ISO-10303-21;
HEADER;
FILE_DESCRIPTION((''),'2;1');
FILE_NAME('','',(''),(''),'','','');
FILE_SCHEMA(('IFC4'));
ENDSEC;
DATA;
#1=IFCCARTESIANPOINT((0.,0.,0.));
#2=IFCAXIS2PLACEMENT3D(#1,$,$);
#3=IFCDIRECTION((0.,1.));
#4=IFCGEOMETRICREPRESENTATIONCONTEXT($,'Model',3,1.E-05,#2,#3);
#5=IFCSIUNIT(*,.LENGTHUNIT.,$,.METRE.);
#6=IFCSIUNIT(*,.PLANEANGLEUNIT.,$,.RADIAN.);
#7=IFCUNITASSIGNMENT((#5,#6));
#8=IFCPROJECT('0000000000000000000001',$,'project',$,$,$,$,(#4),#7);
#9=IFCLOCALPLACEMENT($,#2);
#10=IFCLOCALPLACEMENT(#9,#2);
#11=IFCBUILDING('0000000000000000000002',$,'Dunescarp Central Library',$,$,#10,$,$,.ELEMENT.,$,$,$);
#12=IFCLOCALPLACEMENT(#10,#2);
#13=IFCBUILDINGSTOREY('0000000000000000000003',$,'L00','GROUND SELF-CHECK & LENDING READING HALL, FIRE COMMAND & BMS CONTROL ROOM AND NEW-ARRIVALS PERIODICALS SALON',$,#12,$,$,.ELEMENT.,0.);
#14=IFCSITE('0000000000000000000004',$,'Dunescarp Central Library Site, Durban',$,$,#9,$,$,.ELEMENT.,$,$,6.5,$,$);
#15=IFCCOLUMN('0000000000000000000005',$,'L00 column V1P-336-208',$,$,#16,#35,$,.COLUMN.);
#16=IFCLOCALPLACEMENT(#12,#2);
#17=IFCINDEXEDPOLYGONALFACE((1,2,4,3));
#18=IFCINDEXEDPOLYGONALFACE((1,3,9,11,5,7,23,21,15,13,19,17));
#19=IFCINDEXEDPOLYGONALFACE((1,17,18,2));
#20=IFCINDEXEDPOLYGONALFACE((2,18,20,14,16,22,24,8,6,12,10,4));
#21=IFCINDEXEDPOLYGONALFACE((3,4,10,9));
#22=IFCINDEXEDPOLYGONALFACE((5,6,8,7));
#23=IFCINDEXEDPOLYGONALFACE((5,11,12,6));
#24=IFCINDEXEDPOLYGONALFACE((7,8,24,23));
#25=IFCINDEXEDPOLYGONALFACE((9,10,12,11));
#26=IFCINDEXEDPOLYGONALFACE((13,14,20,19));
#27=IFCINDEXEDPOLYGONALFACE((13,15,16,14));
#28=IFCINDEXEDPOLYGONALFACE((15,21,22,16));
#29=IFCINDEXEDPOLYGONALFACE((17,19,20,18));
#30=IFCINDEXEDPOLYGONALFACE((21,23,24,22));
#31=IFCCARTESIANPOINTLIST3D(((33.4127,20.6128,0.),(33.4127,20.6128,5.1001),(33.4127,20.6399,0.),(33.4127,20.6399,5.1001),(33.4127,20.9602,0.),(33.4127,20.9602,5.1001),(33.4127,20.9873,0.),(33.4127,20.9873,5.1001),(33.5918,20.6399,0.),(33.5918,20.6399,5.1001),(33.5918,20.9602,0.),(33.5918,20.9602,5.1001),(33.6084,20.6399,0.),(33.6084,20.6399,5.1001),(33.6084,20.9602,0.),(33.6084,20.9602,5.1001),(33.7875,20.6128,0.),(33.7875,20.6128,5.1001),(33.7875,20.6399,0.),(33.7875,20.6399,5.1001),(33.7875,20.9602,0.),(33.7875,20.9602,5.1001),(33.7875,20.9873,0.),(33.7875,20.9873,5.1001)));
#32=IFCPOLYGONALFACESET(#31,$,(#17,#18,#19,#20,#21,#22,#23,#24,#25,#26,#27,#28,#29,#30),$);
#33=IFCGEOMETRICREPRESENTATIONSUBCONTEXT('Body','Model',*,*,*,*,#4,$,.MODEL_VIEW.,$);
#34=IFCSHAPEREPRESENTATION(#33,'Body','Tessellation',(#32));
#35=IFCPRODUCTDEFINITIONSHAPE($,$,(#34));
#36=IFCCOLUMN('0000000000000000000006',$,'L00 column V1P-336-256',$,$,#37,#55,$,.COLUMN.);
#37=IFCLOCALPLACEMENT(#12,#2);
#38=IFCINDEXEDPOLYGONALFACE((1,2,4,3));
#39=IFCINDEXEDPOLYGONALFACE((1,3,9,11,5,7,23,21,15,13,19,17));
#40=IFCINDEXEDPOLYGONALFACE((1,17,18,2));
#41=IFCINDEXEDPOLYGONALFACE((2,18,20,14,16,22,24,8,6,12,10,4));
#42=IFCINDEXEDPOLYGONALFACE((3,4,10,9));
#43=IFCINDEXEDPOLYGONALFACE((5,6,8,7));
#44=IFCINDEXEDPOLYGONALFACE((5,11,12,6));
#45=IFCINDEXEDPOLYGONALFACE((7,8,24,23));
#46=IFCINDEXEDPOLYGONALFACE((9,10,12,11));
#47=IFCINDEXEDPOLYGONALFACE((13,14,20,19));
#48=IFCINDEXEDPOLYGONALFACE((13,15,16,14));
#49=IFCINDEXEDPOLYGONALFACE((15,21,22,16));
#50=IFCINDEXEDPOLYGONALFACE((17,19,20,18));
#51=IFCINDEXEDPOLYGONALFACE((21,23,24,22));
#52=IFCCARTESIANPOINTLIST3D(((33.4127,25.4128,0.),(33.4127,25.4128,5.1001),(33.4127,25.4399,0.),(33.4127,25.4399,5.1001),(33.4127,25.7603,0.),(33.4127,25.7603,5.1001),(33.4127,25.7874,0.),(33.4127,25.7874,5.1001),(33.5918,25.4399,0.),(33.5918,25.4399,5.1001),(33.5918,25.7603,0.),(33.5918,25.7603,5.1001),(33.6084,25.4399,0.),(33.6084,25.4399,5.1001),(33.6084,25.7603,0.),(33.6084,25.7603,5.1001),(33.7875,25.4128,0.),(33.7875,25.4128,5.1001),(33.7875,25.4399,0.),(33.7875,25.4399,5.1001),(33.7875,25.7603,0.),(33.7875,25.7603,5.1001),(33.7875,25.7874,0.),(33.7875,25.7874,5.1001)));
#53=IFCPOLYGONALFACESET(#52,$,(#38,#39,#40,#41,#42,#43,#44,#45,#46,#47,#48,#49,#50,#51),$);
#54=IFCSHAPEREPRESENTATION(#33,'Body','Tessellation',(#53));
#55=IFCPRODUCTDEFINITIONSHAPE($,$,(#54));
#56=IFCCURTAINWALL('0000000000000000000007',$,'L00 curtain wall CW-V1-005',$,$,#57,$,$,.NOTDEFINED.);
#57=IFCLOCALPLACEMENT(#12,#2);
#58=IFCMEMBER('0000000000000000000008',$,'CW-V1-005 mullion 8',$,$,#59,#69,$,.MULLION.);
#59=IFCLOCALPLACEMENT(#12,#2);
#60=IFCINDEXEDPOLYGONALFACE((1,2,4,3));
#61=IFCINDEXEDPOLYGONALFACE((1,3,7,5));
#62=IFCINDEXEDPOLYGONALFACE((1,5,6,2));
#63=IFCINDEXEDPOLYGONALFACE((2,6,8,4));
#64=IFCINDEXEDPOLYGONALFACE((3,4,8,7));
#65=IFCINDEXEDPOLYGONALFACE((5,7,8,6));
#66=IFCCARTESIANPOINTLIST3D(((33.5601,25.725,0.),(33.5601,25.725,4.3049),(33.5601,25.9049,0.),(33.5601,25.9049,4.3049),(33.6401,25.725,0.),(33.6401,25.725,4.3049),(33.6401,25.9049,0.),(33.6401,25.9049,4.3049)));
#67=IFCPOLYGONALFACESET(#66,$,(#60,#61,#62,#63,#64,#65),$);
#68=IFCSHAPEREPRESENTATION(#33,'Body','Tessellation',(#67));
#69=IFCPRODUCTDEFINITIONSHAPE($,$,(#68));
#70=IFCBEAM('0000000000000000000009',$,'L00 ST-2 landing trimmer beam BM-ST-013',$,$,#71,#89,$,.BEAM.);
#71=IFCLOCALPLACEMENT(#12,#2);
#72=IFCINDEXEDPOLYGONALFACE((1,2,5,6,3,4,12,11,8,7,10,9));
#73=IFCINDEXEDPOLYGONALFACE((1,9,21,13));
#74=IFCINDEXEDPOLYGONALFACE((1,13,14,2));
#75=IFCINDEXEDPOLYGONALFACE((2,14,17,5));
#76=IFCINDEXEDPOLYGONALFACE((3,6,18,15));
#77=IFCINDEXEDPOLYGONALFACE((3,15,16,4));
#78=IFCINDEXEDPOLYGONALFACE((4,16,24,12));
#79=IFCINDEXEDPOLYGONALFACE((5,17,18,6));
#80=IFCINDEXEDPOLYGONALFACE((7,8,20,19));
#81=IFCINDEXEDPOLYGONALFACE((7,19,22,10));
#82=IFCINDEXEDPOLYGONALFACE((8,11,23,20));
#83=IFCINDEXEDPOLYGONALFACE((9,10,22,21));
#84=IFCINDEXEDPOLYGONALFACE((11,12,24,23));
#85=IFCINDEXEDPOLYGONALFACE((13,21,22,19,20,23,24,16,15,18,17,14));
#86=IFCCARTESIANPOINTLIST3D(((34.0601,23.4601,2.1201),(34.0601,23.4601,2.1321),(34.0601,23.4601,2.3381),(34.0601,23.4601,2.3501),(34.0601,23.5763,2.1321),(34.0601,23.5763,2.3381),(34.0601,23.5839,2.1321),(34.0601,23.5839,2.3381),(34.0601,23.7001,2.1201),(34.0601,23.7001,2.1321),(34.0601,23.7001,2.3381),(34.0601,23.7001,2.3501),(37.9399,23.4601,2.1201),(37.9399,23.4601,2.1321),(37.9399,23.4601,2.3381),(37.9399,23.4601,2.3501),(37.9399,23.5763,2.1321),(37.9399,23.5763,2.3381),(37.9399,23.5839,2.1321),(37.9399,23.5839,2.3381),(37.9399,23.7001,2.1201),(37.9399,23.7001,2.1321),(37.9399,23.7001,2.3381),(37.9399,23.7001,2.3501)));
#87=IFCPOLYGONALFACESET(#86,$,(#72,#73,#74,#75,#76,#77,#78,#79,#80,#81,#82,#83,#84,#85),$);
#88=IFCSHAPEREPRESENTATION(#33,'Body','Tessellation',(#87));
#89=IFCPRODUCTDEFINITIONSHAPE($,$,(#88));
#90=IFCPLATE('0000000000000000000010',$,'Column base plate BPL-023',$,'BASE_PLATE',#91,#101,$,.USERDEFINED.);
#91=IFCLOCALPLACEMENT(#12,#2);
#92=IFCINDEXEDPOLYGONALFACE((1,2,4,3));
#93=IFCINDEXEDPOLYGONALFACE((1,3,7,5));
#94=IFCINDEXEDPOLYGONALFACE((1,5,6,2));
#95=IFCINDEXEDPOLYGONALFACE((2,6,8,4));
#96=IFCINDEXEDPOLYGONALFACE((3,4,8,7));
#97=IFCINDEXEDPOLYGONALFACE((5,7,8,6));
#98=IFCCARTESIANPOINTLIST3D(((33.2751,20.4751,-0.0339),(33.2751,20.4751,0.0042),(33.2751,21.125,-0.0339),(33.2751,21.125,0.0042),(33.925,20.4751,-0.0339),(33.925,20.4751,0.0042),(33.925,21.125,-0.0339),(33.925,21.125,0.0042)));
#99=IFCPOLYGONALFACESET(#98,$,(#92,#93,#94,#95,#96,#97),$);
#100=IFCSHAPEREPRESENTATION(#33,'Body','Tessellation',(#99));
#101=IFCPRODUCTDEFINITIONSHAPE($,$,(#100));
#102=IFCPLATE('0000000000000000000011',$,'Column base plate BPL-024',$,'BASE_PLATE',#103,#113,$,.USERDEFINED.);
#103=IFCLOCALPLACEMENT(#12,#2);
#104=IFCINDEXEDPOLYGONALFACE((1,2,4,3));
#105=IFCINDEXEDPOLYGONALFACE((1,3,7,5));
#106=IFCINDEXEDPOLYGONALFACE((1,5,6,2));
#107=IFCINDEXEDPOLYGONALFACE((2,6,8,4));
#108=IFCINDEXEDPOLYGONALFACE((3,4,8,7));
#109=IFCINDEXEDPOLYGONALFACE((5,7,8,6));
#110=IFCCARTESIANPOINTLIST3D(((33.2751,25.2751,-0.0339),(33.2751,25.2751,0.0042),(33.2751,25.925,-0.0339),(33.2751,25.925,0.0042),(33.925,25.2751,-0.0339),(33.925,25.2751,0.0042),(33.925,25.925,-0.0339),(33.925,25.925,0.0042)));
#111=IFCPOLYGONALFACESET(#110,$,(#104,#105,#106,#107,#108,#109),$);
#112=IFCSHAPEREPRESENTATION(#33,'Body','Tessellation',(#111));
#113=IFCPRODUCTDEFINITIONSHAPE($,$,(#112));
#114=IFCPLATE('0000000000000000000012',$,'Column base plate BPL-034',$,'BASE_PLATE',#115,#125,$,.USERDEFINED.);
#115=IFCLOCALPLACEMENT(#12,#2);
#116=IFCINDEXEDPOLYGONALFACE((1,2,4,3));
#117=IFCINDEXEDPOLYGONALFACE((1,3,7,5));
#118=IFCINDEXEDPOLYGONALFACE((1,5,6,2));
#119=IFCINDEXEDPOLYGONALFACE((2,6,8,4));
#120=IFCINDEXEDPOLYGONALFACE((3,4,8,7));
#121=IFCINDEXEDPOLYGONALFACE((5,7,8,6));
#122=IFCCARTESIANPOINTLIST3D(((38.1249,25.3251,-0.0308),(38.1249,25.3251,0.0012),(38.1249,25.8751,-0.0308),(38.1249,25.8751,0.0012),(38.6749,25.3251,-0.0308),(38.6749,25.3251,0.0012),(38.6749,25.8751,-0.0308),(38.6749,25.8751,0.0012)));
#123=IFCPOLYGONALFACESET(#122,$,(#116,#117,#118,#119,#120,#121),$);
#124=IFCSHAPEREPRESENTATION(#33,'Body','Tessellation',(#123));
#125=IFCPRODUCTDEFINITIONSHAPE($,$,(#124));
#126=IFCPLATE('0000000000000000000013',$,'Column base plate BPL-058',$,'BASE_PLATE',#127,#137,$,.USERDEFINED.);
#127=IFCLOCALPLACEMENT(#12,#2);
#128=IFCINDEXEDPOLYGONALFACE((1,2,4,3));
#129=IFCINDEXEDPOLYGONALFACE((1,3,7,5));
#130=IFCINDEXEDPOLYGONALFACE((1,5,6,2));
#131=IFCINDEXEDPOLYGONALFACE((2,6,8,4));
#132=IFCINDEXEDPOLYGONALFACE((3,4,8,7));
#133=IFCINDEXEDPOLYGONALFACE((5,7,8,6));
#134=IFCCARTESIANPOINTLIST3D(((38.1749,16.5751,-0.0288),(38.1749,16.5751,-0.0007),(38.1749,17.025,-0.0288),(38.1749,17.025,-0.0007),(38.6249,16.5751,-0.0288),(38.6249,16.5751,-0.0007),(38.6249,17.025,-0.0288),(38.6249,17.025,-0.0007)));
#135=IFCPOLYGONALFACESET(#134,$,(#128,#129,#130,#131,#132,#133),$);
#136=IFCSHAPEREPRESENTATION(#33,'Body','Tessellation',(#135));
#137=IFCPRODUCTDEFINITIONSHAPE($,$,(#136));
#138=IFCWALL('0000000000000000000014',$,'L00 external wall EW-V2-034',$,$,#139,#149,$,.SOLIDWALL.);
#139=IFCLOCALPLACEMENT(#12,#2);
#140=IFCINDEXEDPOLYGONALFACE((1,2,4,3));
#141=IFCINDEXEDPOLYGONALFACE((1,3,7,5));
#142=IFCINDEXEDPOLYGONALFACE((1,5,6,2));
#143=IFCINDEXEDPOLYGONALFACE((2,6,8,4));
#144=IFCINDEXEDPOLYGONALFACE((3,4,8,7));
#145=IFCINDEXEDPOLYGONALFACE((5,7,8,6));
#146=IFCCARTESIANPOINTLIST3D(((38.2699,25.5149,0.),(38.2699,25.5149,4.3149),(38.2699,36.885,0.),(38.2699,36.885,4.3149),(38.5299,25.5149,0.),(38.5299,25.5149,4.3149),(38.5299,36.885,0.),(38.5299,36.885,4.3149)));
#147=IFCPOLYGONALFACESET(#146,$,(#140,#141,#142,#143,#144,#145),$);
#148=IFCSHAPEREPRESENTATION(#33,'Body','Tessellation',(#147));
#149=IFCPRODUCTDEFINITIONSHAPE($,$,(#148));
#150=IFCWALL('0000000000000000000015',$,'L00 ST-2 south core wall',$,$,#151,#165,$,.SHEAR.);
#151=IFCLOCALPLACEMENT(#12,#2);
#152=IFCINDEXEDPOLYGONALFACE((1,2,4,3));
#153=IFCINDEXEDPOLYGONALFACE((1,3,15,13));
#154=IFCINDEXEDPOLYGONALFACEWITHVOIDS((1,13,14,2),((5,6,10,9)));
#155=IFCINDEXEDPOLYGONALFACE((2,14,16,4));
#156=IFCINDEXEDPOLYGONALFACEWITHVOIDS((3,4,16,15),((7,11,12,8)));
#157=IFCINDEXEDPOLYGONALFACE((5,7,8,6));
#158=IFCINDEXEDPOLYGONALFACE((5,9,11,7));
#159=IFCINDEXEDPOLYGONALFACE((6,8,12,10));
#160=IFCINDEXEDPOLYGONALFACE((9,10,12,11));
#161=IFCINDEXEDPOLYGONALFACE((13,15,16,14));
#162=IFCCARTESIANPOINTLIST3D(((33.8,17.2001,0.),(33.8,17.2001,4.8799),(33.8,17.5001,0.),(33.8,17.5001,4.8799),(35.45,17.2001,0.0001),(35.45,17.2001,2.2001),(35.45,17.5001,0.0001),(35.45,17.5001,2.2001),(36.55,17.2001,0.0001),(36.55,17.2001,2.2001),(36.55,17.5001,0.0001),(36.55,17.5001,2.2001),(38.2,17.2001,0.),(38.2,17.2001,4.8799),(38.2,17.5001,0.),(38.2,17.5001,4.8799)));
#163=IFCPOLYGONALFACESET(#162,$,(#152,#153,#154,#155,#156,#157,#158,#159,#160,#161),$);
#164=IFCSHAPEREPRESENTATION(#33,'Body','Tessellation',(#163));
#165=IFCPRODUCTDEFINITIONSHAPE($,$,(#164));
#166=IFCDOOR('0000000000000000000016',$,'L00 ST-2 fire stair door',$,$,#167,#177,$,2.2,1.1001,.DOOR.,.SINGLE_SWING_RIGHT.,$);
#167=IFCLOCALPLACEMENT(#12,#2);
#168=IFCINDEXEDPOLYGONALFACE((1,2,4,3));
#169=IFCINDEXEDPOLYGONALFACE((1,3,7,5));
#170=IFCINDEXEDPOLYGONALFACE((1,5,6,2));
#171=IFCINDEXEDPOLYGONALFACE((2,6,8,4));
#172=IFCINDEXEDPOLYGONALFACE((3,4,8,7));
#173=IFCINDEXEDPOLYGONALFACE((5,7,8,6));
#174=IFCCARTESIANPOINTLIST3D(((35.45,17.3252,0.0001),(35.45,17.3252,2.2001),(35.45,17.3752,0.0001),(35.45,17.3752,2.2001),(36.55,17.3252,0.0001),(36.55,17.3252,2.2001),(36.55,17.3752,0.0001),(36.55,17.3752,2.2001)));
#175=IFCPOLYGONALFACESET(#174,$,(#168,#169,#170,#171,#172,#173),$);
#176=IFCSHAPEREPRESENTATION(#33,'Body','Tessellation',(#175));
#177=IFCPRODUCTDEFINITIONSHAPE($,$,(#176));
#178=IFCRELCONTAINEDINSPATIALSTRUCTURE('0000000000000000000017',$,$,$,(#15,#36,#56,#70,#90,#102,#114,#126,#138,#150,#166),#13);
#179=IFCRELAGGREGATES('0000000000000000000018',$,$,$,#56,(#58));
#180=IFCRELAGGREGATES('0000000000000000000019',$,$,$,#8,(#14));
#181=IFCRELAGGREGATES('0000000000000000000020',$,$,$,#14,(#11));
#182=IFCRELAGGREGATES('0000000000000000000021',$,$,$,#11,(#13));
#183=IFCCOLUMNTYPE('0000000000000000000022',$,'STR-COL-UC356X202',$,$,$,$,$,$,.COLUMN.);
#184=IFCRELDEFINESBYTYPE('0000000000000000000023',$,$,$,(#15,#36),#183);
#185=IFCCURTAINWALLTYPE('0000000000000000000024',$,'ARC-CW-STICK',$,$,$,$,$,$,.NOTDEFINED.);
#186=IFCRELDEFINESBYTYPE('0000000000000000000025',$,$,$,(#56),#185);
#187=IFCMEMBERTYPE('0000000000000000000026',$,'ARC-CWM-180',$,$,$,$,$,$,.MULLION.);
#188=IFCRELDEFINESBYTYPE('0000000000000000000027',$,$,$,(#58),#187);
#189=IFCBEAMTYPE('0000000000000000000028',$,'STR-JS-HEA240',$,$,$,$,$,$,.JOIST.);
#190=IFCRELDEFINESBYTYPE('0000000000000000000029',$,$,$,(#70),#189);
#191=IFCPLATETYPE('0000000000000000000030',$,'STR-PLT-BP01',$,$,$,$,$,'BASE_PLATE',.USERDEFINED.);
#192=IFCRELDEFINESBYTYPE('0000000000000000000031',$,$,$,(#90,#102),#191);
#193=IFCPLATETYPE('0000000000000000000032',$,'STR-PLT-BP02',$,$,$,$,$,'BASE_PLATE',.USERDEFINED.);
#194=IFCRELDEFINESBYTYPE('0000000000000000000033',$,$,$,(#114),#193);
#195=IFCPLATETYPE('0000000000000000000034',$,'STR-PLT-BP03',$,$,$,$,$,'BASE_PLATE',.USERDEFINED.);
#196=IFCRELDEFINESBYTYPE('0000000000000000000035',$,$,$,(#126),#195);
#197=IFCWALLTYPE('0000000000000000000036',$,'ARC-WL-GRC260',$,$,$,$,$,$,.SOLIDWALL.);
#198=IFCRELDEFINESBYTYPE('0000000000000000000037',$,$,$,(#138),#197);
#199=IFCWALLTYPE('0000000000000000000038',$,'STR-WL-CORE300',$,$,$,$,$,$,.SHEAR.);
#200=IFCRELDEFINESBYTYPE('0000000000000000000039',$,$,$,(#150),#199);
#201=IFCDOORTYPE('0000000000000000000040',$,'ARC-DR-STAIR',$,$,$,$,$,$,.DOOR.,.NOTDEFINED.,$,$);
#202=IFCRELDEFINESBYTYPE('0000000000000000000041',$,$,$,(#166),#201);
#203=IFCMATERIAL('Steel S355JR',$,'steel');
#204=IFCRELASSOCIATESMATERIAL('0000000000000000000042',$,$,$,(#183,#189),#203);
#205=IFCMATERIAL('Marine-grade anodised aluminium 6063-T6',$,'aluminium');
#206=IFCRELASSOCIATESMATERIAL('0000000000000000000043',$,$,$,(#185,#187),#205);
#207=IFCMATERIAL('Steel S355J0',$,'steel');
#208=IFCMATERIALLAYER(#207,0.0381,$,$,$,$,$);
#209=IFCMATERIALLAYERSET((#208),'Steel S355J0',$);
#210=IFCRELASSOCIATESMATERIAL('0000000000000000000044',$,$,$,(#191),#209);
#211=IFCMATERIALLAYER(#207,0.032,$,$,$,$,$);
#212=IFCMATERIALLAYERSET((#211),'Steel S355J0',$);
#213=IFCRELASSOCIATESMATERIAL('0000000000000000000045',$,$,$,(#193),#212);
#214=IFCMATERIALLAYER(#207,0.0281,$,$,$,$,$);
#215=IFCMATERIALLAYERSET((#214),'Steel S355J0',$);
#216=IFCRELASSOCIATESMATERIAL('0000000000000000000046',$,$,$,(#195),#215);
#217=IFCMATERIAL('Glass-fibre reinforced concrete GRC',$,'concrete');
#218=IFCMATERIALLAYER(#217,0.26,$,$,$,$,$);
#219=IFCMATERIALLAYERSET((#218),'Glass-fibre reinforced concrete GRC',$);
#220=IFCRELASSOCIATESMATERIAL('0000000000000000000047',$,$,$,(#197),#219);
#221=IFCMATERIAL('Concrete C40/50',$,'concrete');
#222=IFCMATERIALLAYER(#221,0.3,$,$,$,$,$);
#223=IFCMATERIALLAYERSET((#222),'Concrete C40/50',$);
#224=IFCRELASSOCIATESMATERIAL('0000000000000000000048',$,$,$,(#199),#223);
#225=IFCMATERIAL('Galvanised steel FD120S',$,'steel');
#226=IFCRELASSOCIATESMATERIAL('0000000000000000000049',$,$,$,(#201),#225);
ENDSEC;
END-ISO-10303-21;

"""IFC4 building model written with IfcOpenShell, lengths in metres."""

from ifc_helpers import new_model, si_unit, direction, frame, frame_2d, origin, origin_2d, place, context, subcontext, project, spatial, rectangle, i_section, extrude, material, layer, layer_set, material_profile, profile_set, type_object, element, fill, aggregate, save


model = new_model("IFC4")

# Units and contexts
model_context = context("Model", 3, precision=1e-05, world=origin(), true_north=direction((0.0, 1.0)))
body_context = subcontext(model_context, "Body", "Model", "MODEL_VIEW")
ifc_project = project(units=[si_unit("LENGTHUNIT", "METRE"), si_unit("PLANEANGLEUNIT", "RADIAN")], contexts=[model_context])

# Site, building, storey
site_placement = place(None, origin())
site = spatial("IfcSite", under=ifc_project, at=site_placement, Name="Dunescarp Central Library Site, Durban", CompositionType="ELEMENT", RefElevation=6.5)
building_placement = place(site_placement, origin())
building = spatial("IfcBuilding", under=site, at=building_placement, Name="Dunescarp Central Library", CompositionType="ELEMENT")
storey_placement = place(building_placement, origin())
storey = spatial("IfcBuildingStorey", under=building, at=storey_placement, Name="L00", Description="GROUND SELF-CHECK & LENDING READING HALL, FIRE COMMAND & BMS CONTROL ROOM AND NEW-ARRIVALS PERIODICALS SALON", CompositionType="ELEMENT", Elevation=0.0)

# Shared definitions
ifc_material_1 = material(Name="Concrete C40/50", Category="concrete")

# Columns
ifc_material_2 = material(Name="Steel S355JR", Category="steel")
ifc_material_profile_1 = material_profile(ifc_material_2, i_section(OverallWidth=0.3748, OverallDepth=0.3745, WebThickness=0.0166, FlangeThickness=0.0271, at=origin_2d()), Name="UC 356x368x202")
ifc_profile_set_1 = profile_set([ifc_material_profile_1], Name="Steel S355JR")
column_type_1 = type_object("IfcColumnType", Name="STR-COL-UC356X202", PredefinedType="COLUMN", material=ifc_profile_set_1)
for number, where, z_axis, x_axis, name in (
    (1, (33.6001, 20.8, 0.0), (0.0, 0.0, 1.0), (1.0, 0.0, 0.0), "L00 column V1P-336-208"),
    (2, (33.6001, 25.6001, 0.0), (0.0, 0.0, 1.0), (1.0, 0.0, 0.0), "L00 column V1P-336-256"),
):
    element("IfcColumn", number, at=place(storey_placement, frame(where, z_axis=z_axis, x_axis=x_axis)), inside=storey, type_object=column_type_1, Name=name, PredefinedType="COLUMN", context=body_context, shape_type="SweptSolid", body=[
        extrude(i_section(OverallWidth=0.3748, OverallDepth=0.3745, WebThickness=0.0166, FlangeThickness=0.0271, at=origin_2d()), origin(), (0.0, 0.0, 1.0), 5.1001),
    ])

# Curtain wall, member
ifc_material_3 = material(Name="Marine-grade anodised aluminium 6063-T6", Category="aluminium")
curtain_wall_type = type_object("IfcCurtainWallType", Name="ARC-CW-STICK", PredefinedType="NOTDEFINED", material=ifc_material_3)
curtain_wall_placement = place(storey_placement, origin())
curtain_wall = element("IfcCurtainWall", 3, at=curtain_wall_placement, inside=storey, type_object=curtain_wall_type, Name="L00 curtain wall CW-V1-005", PredefinedType="NOTDEFINED")
ifc_material_profile_2 = material_profile(ifc_material_3, rectangle(XDim=0.0801, YDim=0.1799, at=origin_2d()), Name="AL 80x180")
ifc_profile_set_2 = profile_set([ifc_material_profile_2], Name="Marine-grade anodised aluminium 6063-T6")
member_type = type_object("IfcMemberType", Name="ARC-CWM-180", PredefinedType="MULLION", material=ifc_profile_set_2)
member_placement = place(storey_placement, frame((33.6001, 25.8149, 0.0), z_axis=(0.0, 0.0, 1.0), x_axis=(1.0, 0.0, 0.0)))
member = element("IfcMember", 4, at=member_placement, type_object=member_type, Name="CW-V1-005 mullion 8", PredefinedType="MULLION", context=body_context, shape_type="SweptSolid", body=[
    extrude(rectangle(XDim=0.0801, YDim=0.1799, at=origin_2d()), origin(), (0.0, 0.0, 1.0), 4.3049),
])
aggregate(curtain_wall, [member])

# Beam
ifc_material_profile_3 = material_profile(ifc_material_2, i_section(OverallWidth=0.24, OverallDepth=0.23, WebThickness=0.0076, FlangeThickness=0.012, at=origin_2d()), Name="HEA 240")
ifc_profile_set_3 = profile_set([ifc_material_profile_3], Name="Steel S355JR")
beam_type = type_object("IfcBeamType", Name="STR-JS-HEA240", PredefinedType="JOIST", material=ifc_profile_set_3)
beam_placement = place(storey_placement, frame((34.0601, 23.5801, 2.2351), z_axis=(1.0, 0.0, 0.0), x_axis=(0.0, 1.0, 0.0)))
element("IfcBeam", 5, at=beam_placement, inside=storey, type_object=beam_type, Name="L00 ST-2 landing trimmer beam BM-ST-013", PredefinedType="BEAM", context=body_context, shape_type="SweptSolid", body=[
    extrude(i_section(OverallWidth=0.24, OverallDepth=0.23, WebThickness=0.0076, FlangeThickness=0.012, at=origin_2d()), origin(), (0.0, 0.0, 1.0), 3.8799),
])

# Plates
ifc_material_4 = material(Name="Steel S355J0", Category="steel")
ifc_layer_1 = layer(ifc_material_4, 0.0381)
ifc_layer_set_1 = layer_set([ifc_layer_1], Name="Steel S355J0")
plate_type_1 = type_object("IfcPlateType", Name="STR-PLT-BP01", ElementType="BASE_PLATE", PredefinedType="USERDEFINED", material=ifc_layer_set_1)
for number, where, z_axis, x_axis, name in (
    (6, (33.6001, 20.8, -0.0339), (0.0, 0.0, 1.0), (1.0, 0.0, 0.0), "Column base plate BPL-023"),
    (7, (33.6001, 25.6001, -0.0339), (0.0, 0.0, 1.0), (1.0, 0.0, 0.0), "Column base plate BPL-024"),
):
    element("IfcPlate", number, at=place(storey_placement, frame(where, z_axis=z_axis, x_axis=x_axis)), inside=storey, type_object=plate_type_1, Name=name, ObjectType="BASE_PLATE", PredefinedType="USERDEFINED", context=body_context, shape_type="SweptSolid", body=[
        extrude(rectangle(XDim=0.6499, YDim=0.6499, at=origin_2d()), origin(), (0.0, 0.0, 1.0), 0.0381),
    ])
ifc_layer_2 = layer(ifc_material_4, 0.032)
ifc_layer_set_2 = layer_set([ifc_layer_2], Name="Steel S355J0")
plate_type_2 = type_object("IfcPlateType", Name="STR-PLT-BP02", ElementType="BASE_PLATE", PredefinedType="USERDEFINED", material=ifc_layer_set_2)
plate_1_placement = place(storey_placement, frame((38.3999, 25.6001, -0.0308), z_axis=(0.0, 0.0, 1.0), x_axis=(1.0, 0.0, 0.0)))
element("IfcPlate", 8, at=plate_1_placement, inside=storey, type_object=plate_type_2, Name="Column base plate BPL-034", ObjectType="BASE_PLATE", PredefinedType="USERDEFINED", context=body_context, shape_type="SweptSolid", body=[
    extrude(rectangle(XDim=0.55, YDim=0.55, at=origin_2d()), origin(), (0.0, 0.0, 1.0), 0.032),
])
ifc_layer_3 = layer(ifc_material_4, 0.0281)
ifc_layer_set_3 = layer_set([ifc_layer_3], Name="Steel S355J0")
plate_type_3 = type_object("IfcPlateType", Name="STR-PLT-BP03", ElementType="BASE_PLATE", PredefinedType="USERDEFINED", material=ifc_layer_set_3)
plate_2_placement = place(storey_placement, frame((38.3999, 16.8, -0.0288), z_axis=(0.0, 0.0, 1.0), x_axis=(1.0, 0.0, 0.0)))
element("IfcPlate", 9, at=plate_2_placement, inside=storey, type_object=plate_type_3, Name="Column base plate BPL-058", ObjectType="BASE_PLATE", PredefinedType="USERDEFINED", context=body_context, shape_type="SweptSolid", body=[
    extrude(rectangle(XDim=0.45, YDim=0.45, at=origin_2d()), origin(), (0.0, 0.0, 1.0), 0.0281),
])

# Wall
ifc_material_5 = material(Name="Glass-fibre reinforced concrete GRC", Category="concrete")
ifc_layer_4 = layer(ifc_material_5, 0.26)
ifc_layer_set_4 = layer_set([ifc_layer_4], Name="Glass-fibre reinforced concrete GRC")
wall_type_1 = type_object("IfcWallType", Name="ARC-WL-GRC260", PredefinedType="SOLIDWALL", material=ifc_layer_set_4)
wall_1_placement = place(storey_placement, frame((38.3999, 25.5149, 0.0), z_axis=(0.0, 0.0, 1.0), x_axis=(0.0, 1.0, 0.0)))
element("IfcWall", 10, at=wall_1_placement, inside=storey, type_object=wall_type_1, Name="L00 external wall EW-V2-034", PredefinedType="SOLIDWALL", context=body_context, shape_type="SweptSolid", body=[
    extrude(rectangle(XDim=11.3701, YDim=0.26, at=frame_2d((5.6851, 0.0))), origin(), (0.0, 0.0, 1.0), 4.3149),
])

# Wall, opening, door
ifc_layer_5 = layer(ifc_material_1, 0.3)
ifc_layer_set_5 = layer_set([ifc_layer_5], Name="Concrete C40/50")
wall_type_2 = type_object("IfcWallType", Name="STR-WL-CORE300", PredefinedType="SHEAR", material=ifc_layer_set_5)
wall_2_placement = place(storey_placement, frame((38.2, 17.3501, 0.0), z_axis=(0.0, 0.0, 1.0), x_axis=(-1.0, 0.0, 0.0)))
wall_2 = element("IfcWall", 11, at=wall_2_placement, inside=storey, type_object=wall_type_2, Name="L00 ST-2 south core wall", PredefinedType="SHEAR", context=body_context, shape_type="SweptSolid", body=[
    extrude(rectangle(XDim=4.3999, YDim=0.3, at=frame_2d((2.2, 0.0))), origin(), (0.0, 0.0, 1.0), 4.8799),
])
opening_placement = place(wall_2_placement, frame((1.6499, 0.0, 0.0)))
opening = element("IfcOpeningElement", 12, at=opening_placement, cuts=wall_2, PredefinedType="OPENING", context=body_context, shape_type="SweptSolid", body=[
    extrude(rectangle(XDim=1.1001, YDim=2.2, at=frame_2d((0.55, 1.1001))), frame((0.0, 0.1602, 0.0), z_axis=(0.0, -1.0, 0.0), x_axis=(1.0, 0.0, 0.0)), (0.0, 0.0, 1.0), 0.3201),
])
ifc_material_6 = material(Name="Galvanised steel FD120S", Category="steel")
door_type = type_object("IfcDoorType", Name="ARC-DR-STAIR", OperationType="NOTDEFINED", PredefinedType="DOOR", material=ifc_material_6)
door_placement = place(opening_placement, origin())
door = element("IfcDoor", 13, at=door_placement, inside=storey, type_object=door_type, Name="L00 ST-2 fire stair door", OperationType="SINGLE_SWING_RIGHT", OverallHeight=2.2, OverallWidth=1.1001, PredefinedType="DOOR", context=body_context, shape_type="SweptSolid", body=[
    extrude(rectangle(XDim=1.1001, YDim=2.2, at=frame_2d((0.55, 1.1001))), frame((0.0, 0.0249, 0.0), z_axis=(0.0, -1.0, 0.0), x_axis=(1.0, 0.0, 0.0)), (0.0, 0.0, 1.0), 0.05),
])
fill(opening, door)

save(model, "model.ifc")
